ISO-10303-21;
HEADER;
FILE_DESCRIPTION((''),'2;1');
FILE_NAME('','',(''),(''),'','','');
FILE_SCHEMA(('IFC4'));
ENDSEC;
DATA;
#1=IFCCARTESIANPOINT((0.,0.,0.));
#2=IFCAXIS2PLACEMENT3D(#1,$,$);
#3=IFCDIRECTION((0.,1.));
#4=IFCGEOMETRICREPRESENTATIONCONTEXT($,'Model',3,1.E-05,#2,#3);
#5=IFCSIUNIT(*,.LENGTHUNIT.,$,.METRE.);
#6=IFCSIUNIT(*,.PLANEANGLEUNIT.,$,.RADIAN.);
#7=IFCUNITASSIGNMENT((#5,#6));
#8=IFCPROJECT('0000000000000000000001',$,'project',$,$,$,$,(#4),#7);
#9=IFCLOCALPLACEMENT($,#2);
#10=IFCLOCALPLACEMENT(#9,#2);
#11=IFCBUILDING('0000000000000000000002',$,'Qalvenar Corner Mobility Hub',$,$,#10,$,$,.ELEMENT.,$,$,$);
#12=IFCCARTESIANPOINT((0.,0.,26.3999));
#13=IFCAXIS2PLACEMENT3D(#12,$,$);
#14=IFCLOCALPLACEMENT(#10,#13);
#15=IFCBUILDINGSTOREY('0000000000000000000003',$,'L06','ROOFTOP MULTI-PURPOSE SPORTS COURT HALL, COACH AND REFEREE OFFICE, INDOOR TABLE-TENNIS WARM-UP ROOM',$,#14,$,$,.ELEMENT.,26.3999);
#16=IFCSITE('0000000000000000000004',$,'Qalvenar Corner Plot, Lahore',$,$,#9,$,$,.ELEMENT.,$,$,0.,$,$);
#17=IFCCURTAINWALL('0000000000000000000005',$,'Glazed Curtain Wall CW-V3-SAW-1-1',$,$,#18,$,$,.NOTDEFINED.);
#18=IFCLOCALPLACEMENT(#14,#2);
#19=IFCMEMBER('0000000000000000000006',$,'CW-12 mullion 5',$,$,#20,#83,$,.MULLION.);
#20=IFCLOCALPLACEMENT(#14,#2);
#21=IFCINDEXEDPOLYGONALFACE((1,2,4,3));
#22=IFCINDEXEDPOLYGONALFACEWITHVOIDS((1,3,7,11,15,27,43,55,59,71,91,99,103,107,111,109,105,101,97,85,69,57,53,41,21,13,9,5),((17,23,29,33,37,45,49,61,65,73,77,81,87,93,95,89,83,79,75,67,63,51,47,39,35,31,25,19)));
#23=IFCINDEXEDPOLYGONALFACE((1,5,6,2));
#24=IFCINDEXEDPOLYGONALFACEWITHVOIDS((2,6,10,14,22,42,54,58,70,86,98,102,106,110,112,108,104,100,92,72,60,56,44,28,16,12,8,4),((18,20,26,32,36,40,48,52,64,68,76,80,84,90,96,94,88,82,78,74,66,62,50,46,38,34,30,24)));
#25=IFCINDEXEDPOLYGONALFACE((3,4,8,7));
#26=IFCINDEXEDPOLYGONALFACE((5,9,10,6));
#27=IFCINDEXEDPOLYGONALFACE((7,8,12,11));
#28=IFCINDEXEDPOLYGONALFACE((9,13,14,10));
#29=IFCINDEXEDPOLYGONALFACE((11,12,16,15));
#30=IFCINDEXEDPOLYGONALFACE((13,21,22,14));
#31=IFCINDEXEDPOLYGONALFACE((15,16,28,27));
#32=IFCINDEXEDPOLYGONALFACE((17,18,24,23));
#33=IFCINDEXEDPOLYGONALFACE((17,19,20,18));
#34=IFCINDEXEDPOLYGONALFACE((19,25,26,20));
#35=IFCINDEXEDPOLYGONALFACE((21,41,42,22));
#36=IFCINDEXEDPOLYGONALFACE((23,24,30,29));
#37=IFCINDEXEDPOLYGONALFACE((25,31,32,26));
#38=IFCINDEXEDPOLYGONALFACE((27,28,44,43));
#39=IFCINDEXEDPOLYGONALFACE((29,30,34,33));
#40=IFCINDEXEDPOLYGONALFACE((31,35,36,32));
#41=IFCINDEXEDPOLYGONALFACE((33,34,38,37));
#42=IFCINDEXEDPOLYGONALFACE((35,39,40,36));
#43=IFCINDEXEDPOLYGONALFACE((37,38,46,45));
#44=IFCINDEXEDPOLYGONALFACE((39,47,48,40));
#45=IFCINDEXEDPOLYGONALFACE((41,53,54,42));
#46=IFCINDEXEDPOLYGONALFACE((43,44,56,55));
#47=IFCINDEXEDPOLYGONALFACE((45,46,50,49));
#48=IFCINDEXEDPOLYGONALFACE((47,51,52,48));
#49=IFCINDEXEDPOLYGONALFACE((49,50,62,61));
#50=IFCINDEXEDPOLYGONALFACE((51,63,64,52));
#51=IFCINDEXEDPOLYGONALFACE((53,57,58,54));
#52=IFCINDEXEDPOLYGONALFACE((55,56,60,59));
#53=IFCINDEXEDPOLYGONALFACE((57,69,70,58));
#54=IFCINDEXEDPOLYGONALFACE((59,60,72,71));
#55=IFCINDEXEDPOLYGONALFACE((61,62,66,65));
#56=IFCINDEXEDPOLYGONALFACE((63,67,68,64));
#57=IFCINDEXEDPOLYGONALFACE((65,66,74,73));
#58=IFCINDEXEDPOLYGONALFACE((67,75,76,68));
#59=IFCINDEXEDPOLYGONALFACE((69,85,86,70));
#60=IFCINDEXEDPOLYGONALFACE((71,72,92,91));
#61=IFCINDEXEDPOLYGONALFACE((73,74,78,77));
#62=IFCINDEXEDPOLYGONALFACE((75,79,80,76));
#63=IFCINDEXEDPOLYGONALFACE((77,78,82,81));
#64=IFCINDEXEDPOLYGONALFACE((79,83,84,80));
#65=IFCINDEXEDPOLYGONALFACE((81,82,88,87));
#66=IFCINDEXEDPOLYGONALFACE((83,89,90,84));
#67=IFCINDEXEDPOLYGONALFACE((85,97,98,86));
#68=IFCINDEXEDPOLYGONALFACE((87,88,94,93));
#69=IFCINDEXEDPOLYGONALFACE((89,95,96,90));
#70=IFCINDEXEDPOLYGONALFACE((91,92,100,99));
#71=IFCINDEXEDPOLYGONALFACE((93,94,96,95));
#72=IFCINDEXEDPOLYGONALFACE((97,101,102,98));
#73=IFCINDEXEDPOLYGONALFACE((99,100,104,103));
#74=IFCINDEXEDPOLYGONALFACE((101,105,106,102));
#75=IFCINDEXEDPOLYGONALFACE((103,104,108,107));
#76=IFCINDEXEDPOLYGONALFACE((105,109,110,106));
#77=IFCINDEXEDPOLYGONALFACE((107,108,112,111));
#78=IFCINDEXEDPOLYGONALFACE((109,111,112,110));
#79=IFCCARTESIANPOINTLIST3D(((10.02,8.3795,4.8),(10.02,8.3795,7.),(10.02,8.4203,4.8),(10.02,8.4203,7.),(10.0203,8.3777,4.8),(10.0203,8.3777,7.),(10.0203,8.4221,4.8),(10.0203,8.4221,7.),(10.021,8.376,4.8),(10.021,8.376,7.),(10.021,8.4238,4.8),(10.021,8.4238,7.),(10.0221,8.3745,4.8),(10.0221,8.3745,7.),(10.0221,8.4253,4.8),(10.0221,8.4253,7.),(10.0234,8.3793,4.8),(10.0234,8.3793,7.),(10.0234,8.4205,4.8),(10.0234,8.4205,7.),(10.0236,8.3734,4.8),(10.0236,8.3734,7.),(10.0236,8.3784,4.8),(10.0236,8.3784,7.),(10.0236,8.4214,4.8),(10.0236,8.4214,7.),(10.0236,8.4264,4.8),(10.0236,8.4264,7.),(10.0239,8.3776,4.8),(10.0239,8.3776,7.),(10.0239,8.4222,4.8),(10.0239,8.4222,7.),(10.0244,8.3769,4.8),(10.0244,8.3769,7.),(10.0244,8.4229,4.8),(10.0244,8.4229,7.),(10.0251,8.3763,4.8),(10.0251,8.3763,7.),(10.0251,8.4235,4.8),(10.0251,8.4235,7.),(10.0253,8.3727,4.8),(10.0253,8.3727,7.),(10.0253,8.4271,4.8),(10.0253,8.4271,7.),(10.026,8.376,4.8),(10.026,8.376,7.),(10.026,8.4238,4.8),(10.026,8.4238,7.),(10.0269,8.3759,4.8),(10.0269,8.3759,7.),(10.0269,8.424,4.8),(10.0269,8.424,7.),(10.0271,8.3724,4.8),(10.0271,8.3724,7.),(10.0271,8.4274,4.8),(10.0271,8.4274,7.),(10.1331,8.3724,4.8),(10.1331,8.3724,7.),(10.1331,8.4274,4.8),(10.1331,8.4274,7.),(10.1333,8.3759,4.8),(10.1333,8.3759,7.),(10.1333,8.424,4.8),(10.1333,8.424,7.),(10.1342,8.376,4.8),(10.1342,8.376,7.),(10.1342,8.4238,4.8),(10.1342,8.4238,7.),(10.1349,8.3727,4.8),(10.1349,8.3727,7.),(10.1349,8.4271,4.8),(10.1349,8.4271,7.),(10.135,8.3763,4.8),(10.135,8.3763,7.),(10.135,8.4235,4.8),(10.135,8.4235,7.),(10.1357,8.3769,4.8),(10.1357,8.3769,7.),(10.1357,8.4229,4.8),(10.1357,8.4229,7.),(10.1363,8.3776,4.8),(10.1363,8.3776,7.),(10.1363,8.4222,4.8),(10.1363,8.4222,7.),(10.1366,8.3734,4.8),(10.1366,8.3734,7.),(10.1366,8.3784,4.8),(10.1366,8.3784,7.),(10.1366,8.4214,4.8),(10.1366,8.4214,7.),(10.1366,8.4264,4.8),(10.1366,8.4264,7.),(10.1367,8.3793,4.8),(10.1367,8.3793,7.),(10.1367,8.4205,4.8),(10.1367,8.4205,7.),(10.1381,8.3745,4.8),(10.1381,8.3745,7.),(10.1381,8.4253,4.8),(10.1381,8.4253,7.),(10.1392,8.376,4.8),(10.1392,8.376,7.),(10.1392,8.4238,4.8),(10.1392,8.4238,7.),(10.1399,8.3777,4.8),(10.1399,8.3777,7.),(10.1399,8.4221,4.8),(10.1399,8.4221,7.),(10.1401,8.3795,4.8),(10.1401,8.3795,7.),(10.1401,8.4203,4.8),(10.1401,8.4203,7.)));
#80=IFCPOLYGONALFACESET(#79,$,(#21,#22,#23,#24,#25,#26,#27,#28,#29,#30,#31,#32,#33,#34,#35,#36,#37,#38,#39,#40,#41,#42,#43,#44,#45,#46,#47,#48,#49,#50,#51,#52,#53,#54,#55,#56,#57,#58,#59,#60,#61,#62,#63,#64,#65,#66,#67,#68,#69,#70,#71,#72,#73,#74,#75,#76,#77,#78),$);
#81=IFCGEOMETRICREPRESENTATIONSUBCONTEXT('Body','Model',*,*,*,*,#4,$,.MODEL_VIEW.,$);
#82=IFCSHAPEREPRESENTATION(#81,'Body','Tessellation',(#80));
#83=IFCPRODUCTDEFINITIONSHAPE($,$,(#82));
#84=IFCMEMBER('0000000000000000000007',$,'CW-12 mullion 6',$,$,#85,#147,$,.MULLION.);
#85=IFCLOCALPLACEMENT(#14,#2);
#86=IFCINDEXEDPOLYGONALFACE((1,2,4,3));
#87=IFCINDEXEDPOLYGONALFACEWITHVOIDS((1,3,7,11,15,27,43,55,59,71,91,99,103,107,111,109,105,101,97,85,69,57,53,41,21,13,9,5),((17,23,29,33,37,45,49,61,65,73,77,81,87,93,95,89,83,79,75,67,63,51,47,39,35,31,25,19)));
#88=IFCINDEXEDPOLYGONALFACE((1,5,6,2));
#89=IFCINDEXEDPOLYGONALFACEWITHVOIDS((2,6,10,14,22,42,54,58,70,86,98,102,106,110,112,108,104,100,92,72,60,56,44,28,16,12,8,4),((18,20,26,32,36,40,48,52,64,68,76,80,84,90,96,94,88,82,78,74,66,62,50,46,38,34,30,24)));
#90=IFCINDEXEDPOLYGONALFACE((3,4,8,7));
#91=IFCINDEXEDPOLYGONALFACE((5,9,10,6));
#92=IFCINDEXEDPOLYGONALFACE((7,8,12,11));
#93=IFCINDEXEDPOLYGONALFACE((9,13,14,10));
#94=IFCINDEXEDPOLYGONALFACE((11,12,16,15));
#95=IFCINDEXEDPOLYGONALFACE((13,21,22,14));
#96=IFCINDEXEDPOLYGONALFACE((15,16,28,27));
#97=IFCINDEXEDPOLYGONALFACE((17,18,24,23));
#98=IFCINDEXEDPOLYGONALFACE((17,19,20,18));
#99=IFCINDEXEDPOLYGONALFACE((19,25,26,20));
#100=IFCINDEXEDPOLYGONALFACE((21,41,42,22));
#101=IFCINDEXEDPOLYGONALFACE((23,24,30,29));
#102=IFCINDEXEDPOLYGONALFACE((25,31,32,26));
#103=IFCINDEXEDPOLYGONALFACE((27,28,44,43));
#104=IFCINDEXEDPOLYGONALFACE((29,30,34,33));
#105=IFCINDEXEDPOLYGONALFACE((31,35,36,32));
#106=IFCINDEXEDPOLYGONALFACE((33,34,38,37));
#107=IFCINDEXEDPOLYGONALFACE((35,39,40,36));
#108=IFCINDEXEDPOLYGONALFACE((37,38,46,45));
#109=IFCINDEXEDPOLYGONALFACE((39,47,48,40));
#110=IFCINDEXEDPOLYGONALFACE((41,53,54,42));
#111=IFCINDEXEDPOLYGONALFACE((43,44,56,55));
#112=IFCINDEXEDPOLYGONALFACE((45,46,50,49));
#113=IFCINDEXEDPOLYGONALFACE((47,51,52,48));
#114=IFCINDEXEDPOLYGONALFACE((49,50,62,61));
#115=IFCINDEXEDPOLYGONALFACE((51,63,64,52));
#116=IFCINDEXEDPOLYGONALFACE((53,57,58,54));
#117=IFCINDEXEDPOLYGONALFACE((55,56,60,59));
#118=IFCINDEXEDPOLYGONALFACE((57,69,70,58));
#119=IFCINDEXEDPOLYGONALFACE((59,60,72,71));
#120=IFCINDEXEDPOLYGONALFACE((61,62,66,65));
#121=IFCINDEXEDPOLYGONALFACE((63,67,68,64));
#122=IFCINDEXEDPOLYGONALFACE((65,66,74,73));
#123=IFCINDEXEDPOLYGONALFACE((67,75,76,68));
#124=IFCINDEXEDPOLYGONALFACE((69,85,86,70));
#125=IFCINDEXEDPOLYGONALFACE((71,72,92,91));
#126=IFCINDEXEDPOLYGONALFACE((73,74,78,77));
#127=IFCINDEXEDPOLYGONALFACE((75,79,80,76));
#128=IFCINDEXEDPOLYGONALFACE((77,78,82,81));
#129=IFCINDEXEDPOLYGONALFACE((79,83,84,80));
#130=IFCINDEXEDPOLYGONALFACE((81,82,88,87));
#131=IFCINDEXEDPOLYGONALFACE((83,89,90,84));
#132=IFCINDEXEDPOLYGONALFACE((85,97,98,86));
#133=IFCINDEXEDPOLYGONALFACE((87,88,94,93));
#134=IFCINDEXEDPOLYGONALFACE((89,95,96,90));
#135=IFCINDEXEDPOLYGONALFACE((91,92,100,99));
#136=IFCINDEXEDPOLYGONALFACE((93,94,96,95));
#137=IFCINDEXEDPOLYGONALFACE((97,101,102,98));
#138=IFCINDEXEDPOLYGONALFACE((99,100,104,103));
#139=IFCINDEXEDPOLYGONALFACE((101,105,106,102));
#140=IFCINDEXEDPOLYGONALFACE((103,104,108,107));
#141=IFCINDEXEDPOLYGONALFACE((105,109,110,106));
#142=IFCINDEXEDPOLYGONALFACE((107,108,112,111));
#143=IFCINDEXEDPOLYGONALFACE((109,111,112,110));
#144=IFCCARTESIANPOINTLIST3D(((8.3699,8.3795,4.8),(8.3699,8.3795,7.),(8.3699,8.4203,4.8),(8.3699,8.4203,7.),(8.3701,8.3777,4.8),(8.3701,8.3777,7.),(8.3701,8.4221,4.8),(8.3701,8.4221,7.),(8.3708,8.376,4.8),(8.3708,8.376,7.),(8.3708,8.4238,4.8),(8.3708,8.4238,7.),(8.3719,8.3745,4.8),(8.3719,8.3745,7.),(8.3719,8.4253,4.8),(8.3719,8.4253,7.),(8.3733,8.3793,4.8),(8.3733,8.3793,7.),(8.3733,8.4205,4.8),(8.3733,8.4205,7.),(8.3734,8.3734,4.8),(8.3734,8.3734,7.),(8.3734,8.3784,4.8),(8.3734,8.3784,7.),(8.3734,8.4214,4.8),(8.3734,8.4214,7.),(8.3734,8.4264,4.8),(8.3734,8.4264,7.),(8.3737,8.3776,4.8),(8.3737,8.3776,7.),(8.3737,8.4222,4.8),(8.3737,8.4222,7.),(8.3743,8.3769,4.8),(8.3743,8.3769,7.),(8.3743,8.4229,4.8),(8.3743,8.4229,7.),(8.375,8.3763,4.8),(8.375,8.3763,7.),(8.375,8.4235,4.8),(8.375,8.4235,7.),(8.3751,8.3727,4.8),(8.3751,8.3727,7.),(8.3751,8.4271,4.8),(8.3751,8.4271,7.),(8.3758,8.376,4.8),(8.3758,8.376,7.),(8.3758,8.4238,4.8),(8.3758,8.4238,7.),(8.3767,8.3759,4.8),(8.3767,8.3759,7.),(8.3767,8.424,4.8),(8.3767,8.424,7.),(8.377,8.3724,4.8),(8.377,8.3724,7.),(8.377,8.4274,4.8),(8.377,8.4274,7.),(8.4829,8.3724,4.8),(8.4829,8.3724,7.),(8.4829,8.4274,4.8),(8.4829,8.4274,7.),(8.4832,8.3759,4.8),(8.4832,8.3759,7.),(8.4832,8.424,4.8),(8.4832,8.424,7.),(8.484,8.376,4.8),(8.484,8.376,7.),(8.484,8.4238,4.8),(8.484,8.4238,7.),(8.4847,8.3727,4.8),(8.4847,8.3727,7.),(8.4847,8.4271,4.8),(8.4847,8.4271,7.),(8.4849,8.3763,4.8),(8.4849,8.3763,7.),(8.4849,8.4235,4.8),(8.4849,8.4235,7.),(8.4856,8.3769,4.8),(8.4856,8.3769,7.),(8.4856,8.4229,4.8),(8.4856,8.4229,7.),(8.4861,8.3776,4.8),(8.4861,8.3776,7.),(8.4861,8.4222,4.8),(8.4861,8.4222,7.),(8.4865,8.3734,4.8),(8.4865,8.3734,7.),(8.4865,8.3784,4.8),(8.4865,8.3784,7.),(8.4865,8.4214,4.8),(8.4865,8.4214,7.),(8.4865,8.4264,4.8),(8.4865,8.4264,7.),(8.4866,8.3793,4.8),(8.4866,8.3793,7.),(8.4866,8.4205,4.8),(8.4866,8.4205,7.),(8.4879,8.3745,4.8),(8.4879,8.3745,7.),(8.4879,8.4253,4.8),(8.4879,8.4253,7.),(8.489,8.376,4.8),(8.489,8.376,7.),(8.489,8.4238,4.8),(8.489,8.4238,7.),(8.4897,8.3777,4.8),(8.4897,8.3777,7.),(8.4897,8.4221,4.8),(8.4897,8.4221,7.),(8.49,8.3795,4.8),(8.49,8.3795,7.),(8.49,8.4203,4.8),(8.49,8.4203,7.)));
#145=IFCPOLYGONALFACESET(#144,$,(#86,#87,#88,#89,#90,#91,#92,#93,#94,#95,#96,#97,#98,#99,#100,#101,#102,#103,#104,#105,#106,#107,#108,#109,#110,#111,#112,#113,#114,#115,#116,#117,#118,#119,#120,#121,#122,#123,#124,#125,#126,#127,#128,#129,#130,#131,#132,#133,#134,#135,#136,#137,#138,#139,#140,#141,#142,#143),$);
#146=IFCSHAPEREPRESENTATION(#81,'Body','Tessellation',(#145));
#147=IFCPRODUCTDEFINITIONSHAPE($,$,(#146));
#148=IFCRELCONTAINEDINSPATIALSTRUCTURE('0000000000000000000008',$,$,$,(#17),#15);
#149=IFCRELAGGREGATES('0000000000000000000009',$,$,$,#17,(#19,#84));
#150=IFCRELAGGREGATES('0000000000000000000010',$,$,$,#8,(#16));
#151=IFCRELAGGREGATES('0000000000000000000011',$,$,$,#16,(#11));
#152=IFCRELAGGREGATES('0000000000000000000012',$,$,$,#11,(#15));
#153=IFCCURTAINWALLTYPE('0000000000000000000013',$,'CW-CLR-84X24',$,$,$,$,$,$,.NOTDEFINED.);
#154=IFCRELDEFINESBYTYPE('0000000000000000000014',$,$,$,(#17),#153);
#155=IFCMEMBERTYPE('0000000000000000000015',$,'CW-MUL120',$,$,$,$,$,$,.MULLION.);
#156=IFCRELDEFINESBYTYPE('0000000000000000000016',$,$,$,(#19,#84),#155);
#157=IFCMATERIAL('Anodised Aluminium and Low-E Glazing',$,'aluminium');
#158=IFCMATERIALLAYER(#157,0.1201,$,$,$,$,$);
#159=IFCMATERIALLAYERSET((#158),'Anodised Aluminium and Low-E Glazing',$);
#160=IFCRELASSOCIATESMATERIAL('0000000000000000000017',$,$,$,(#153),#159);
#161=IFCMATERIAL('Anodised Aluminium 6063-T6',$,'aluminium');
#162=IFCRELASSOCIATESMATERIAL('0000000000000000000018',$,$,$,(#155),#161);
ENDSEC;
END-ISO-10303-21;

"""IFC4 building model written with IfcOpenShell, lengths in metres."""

from ifc_helpers import new_model, si_unit, direction, frame, origin, origin_2d, place, context, subcontext, project, spatial, hollow_rectangle, extrude, material, layer, layer_set, material_profile, profile_set, type_object, element, aggregate, save


model = new_model("IFC4")

# Units and contexts
model_context = context("Model", 3, precision=1e-05, world=origin(), true_north=direction((0.0, 1.0)))
body_context = subcontext(model_context, "Body", "Model", "MODEL_VIEW")
ifc_project = project(units=[si_unit("LENGTHUNIT", "METRE"), si_unit("PLANEANGLEUNIT", "RADIAN")], contexts=[model_context])

# Site, building, storey
site_placement = place(None, origin())
site = spatial("IfcSite", under=ifc_project, at=site_placement, Name="Qalvenar Corner Plot, Lahore", CompositionType="ELEMENT", RefElevation=0.0)
building_placement = place(site_placement, origin())
building = spatial("IfcBuilding", under=site, at=building_placement, Name="Qalvenar Corner Mobility Hub", CompositionType="ELEMENT")
storey_placement = place(building_placement, frame((0.0, 0.0, 26.3999)))
storey = spatial("IfcBuildingStorey", under=building, at=storey_placement, Name="L06", Description="ROOFTOP MULTI-PURPOSE SPORTS COURT HALL, COACH AND REFEREE OFFICE, INDOOR TABLE-TENNIS WARM-UP ROOM", CompositionType="ELEMENT", Elevation=26.3999)

# Shared definitions
ifc_material_1 = material(Name="Anodised Aluminium and Low-E Glazing", Category="aluminium")
ifc_layer_1 = layer(ifc_material_1, 0.1201)
ifc_layer_set_1 = layer_set([ifc_layer_1], Name="Anodised Aluminium and Low-E Glazing")
curtain_wall_type = type_object("IfcCurtainWallType", Name="CW-CLR-84X24", PredefinedType="NOTDEFINED", material=ifc_layer_set_1)
ifc_material_2 = material(Name="Anodised Aluminium 6063-T6", Category="aluminium")
ifc_material_profile_1 = material_profile(ifc_material_2, hollow_rectangle(XDim=0.0549, YDim=0.1201, WallThickness=0.0034, InnerFilletRadius=0.0034, OuterFilletRadius=0.0071, at=origin_2d()), Name="RHS120x55x3.5")
ifc_profile_set_1 = profile_set([ifc_material_profile_1], Name="Anodised Aluminium 6063-T6")
member_type_1 = type_object("IfcMemberType", Name="CW-MUL120", PredefinedType="MULLION", material=ifc_profile_set_1)

# Curtain wall, members
curtain_wall_1_placement = place(storey_placement, origin())
curtain_wall_1 = element("IfcCurtainWall", 1, at=curtain_wall_1_placement, inside=storey, type_object=curtain_wall_type, Name="Glazed Curtain Wall CW-V3-SAW-1-1", PredefinedType="NOTDEFINED")
member_1_placement = place(storey_placement, frame((10.0801, 8.3999, 4.8), z_axis=(0.0, 0.0, 1.0), x_axis=(0.0, -1.0, 0.0)))
member_1 = element("IfcMember", 2, at=member_1_placement, type_object=member_type_1, Name="CW-12 mullion 5", PredefinedType="MULLION", context=body_context, shape_type="SweptSolid", body=[
    extrude(hollow_rectangle(XDim=0.0549, YDim=0.1201, WallThickness=0.0034, InnerFilletRadius=0.0034, OuterFilletRadius=0.0071, at=origin_2d()), origin(), (0.0, 0.0, 1.0), 2.2),
])
member_2_placement = place(storey_placement, frame((8.4299, 8.3999, 4.8), z_axis=(0.0, 0.0, 1.0), x_axis=(0.0, -1.0, 0.0)))
member_2 = element("IfcMember", 3, at=member_2_placement, type_object=member_type_1, Name="CW-12 mullion 6", PredefinedType="MULLION", context=body_context, shape_type="SweptSolid", body=[
    extrude(hollow_rectangle(XDim=0.0549, YDim=0.1201, WallThickness=0.0034, InnerFilletRadius=0.0034, OuterFilletRadius=0.0071, at=origin_2d()), origin(), (0.0, 0.0, 1.0), 2.2),
])

aggregate(curtain_wall_1, [member_1, member_2])

save(model, "model.ifc")
